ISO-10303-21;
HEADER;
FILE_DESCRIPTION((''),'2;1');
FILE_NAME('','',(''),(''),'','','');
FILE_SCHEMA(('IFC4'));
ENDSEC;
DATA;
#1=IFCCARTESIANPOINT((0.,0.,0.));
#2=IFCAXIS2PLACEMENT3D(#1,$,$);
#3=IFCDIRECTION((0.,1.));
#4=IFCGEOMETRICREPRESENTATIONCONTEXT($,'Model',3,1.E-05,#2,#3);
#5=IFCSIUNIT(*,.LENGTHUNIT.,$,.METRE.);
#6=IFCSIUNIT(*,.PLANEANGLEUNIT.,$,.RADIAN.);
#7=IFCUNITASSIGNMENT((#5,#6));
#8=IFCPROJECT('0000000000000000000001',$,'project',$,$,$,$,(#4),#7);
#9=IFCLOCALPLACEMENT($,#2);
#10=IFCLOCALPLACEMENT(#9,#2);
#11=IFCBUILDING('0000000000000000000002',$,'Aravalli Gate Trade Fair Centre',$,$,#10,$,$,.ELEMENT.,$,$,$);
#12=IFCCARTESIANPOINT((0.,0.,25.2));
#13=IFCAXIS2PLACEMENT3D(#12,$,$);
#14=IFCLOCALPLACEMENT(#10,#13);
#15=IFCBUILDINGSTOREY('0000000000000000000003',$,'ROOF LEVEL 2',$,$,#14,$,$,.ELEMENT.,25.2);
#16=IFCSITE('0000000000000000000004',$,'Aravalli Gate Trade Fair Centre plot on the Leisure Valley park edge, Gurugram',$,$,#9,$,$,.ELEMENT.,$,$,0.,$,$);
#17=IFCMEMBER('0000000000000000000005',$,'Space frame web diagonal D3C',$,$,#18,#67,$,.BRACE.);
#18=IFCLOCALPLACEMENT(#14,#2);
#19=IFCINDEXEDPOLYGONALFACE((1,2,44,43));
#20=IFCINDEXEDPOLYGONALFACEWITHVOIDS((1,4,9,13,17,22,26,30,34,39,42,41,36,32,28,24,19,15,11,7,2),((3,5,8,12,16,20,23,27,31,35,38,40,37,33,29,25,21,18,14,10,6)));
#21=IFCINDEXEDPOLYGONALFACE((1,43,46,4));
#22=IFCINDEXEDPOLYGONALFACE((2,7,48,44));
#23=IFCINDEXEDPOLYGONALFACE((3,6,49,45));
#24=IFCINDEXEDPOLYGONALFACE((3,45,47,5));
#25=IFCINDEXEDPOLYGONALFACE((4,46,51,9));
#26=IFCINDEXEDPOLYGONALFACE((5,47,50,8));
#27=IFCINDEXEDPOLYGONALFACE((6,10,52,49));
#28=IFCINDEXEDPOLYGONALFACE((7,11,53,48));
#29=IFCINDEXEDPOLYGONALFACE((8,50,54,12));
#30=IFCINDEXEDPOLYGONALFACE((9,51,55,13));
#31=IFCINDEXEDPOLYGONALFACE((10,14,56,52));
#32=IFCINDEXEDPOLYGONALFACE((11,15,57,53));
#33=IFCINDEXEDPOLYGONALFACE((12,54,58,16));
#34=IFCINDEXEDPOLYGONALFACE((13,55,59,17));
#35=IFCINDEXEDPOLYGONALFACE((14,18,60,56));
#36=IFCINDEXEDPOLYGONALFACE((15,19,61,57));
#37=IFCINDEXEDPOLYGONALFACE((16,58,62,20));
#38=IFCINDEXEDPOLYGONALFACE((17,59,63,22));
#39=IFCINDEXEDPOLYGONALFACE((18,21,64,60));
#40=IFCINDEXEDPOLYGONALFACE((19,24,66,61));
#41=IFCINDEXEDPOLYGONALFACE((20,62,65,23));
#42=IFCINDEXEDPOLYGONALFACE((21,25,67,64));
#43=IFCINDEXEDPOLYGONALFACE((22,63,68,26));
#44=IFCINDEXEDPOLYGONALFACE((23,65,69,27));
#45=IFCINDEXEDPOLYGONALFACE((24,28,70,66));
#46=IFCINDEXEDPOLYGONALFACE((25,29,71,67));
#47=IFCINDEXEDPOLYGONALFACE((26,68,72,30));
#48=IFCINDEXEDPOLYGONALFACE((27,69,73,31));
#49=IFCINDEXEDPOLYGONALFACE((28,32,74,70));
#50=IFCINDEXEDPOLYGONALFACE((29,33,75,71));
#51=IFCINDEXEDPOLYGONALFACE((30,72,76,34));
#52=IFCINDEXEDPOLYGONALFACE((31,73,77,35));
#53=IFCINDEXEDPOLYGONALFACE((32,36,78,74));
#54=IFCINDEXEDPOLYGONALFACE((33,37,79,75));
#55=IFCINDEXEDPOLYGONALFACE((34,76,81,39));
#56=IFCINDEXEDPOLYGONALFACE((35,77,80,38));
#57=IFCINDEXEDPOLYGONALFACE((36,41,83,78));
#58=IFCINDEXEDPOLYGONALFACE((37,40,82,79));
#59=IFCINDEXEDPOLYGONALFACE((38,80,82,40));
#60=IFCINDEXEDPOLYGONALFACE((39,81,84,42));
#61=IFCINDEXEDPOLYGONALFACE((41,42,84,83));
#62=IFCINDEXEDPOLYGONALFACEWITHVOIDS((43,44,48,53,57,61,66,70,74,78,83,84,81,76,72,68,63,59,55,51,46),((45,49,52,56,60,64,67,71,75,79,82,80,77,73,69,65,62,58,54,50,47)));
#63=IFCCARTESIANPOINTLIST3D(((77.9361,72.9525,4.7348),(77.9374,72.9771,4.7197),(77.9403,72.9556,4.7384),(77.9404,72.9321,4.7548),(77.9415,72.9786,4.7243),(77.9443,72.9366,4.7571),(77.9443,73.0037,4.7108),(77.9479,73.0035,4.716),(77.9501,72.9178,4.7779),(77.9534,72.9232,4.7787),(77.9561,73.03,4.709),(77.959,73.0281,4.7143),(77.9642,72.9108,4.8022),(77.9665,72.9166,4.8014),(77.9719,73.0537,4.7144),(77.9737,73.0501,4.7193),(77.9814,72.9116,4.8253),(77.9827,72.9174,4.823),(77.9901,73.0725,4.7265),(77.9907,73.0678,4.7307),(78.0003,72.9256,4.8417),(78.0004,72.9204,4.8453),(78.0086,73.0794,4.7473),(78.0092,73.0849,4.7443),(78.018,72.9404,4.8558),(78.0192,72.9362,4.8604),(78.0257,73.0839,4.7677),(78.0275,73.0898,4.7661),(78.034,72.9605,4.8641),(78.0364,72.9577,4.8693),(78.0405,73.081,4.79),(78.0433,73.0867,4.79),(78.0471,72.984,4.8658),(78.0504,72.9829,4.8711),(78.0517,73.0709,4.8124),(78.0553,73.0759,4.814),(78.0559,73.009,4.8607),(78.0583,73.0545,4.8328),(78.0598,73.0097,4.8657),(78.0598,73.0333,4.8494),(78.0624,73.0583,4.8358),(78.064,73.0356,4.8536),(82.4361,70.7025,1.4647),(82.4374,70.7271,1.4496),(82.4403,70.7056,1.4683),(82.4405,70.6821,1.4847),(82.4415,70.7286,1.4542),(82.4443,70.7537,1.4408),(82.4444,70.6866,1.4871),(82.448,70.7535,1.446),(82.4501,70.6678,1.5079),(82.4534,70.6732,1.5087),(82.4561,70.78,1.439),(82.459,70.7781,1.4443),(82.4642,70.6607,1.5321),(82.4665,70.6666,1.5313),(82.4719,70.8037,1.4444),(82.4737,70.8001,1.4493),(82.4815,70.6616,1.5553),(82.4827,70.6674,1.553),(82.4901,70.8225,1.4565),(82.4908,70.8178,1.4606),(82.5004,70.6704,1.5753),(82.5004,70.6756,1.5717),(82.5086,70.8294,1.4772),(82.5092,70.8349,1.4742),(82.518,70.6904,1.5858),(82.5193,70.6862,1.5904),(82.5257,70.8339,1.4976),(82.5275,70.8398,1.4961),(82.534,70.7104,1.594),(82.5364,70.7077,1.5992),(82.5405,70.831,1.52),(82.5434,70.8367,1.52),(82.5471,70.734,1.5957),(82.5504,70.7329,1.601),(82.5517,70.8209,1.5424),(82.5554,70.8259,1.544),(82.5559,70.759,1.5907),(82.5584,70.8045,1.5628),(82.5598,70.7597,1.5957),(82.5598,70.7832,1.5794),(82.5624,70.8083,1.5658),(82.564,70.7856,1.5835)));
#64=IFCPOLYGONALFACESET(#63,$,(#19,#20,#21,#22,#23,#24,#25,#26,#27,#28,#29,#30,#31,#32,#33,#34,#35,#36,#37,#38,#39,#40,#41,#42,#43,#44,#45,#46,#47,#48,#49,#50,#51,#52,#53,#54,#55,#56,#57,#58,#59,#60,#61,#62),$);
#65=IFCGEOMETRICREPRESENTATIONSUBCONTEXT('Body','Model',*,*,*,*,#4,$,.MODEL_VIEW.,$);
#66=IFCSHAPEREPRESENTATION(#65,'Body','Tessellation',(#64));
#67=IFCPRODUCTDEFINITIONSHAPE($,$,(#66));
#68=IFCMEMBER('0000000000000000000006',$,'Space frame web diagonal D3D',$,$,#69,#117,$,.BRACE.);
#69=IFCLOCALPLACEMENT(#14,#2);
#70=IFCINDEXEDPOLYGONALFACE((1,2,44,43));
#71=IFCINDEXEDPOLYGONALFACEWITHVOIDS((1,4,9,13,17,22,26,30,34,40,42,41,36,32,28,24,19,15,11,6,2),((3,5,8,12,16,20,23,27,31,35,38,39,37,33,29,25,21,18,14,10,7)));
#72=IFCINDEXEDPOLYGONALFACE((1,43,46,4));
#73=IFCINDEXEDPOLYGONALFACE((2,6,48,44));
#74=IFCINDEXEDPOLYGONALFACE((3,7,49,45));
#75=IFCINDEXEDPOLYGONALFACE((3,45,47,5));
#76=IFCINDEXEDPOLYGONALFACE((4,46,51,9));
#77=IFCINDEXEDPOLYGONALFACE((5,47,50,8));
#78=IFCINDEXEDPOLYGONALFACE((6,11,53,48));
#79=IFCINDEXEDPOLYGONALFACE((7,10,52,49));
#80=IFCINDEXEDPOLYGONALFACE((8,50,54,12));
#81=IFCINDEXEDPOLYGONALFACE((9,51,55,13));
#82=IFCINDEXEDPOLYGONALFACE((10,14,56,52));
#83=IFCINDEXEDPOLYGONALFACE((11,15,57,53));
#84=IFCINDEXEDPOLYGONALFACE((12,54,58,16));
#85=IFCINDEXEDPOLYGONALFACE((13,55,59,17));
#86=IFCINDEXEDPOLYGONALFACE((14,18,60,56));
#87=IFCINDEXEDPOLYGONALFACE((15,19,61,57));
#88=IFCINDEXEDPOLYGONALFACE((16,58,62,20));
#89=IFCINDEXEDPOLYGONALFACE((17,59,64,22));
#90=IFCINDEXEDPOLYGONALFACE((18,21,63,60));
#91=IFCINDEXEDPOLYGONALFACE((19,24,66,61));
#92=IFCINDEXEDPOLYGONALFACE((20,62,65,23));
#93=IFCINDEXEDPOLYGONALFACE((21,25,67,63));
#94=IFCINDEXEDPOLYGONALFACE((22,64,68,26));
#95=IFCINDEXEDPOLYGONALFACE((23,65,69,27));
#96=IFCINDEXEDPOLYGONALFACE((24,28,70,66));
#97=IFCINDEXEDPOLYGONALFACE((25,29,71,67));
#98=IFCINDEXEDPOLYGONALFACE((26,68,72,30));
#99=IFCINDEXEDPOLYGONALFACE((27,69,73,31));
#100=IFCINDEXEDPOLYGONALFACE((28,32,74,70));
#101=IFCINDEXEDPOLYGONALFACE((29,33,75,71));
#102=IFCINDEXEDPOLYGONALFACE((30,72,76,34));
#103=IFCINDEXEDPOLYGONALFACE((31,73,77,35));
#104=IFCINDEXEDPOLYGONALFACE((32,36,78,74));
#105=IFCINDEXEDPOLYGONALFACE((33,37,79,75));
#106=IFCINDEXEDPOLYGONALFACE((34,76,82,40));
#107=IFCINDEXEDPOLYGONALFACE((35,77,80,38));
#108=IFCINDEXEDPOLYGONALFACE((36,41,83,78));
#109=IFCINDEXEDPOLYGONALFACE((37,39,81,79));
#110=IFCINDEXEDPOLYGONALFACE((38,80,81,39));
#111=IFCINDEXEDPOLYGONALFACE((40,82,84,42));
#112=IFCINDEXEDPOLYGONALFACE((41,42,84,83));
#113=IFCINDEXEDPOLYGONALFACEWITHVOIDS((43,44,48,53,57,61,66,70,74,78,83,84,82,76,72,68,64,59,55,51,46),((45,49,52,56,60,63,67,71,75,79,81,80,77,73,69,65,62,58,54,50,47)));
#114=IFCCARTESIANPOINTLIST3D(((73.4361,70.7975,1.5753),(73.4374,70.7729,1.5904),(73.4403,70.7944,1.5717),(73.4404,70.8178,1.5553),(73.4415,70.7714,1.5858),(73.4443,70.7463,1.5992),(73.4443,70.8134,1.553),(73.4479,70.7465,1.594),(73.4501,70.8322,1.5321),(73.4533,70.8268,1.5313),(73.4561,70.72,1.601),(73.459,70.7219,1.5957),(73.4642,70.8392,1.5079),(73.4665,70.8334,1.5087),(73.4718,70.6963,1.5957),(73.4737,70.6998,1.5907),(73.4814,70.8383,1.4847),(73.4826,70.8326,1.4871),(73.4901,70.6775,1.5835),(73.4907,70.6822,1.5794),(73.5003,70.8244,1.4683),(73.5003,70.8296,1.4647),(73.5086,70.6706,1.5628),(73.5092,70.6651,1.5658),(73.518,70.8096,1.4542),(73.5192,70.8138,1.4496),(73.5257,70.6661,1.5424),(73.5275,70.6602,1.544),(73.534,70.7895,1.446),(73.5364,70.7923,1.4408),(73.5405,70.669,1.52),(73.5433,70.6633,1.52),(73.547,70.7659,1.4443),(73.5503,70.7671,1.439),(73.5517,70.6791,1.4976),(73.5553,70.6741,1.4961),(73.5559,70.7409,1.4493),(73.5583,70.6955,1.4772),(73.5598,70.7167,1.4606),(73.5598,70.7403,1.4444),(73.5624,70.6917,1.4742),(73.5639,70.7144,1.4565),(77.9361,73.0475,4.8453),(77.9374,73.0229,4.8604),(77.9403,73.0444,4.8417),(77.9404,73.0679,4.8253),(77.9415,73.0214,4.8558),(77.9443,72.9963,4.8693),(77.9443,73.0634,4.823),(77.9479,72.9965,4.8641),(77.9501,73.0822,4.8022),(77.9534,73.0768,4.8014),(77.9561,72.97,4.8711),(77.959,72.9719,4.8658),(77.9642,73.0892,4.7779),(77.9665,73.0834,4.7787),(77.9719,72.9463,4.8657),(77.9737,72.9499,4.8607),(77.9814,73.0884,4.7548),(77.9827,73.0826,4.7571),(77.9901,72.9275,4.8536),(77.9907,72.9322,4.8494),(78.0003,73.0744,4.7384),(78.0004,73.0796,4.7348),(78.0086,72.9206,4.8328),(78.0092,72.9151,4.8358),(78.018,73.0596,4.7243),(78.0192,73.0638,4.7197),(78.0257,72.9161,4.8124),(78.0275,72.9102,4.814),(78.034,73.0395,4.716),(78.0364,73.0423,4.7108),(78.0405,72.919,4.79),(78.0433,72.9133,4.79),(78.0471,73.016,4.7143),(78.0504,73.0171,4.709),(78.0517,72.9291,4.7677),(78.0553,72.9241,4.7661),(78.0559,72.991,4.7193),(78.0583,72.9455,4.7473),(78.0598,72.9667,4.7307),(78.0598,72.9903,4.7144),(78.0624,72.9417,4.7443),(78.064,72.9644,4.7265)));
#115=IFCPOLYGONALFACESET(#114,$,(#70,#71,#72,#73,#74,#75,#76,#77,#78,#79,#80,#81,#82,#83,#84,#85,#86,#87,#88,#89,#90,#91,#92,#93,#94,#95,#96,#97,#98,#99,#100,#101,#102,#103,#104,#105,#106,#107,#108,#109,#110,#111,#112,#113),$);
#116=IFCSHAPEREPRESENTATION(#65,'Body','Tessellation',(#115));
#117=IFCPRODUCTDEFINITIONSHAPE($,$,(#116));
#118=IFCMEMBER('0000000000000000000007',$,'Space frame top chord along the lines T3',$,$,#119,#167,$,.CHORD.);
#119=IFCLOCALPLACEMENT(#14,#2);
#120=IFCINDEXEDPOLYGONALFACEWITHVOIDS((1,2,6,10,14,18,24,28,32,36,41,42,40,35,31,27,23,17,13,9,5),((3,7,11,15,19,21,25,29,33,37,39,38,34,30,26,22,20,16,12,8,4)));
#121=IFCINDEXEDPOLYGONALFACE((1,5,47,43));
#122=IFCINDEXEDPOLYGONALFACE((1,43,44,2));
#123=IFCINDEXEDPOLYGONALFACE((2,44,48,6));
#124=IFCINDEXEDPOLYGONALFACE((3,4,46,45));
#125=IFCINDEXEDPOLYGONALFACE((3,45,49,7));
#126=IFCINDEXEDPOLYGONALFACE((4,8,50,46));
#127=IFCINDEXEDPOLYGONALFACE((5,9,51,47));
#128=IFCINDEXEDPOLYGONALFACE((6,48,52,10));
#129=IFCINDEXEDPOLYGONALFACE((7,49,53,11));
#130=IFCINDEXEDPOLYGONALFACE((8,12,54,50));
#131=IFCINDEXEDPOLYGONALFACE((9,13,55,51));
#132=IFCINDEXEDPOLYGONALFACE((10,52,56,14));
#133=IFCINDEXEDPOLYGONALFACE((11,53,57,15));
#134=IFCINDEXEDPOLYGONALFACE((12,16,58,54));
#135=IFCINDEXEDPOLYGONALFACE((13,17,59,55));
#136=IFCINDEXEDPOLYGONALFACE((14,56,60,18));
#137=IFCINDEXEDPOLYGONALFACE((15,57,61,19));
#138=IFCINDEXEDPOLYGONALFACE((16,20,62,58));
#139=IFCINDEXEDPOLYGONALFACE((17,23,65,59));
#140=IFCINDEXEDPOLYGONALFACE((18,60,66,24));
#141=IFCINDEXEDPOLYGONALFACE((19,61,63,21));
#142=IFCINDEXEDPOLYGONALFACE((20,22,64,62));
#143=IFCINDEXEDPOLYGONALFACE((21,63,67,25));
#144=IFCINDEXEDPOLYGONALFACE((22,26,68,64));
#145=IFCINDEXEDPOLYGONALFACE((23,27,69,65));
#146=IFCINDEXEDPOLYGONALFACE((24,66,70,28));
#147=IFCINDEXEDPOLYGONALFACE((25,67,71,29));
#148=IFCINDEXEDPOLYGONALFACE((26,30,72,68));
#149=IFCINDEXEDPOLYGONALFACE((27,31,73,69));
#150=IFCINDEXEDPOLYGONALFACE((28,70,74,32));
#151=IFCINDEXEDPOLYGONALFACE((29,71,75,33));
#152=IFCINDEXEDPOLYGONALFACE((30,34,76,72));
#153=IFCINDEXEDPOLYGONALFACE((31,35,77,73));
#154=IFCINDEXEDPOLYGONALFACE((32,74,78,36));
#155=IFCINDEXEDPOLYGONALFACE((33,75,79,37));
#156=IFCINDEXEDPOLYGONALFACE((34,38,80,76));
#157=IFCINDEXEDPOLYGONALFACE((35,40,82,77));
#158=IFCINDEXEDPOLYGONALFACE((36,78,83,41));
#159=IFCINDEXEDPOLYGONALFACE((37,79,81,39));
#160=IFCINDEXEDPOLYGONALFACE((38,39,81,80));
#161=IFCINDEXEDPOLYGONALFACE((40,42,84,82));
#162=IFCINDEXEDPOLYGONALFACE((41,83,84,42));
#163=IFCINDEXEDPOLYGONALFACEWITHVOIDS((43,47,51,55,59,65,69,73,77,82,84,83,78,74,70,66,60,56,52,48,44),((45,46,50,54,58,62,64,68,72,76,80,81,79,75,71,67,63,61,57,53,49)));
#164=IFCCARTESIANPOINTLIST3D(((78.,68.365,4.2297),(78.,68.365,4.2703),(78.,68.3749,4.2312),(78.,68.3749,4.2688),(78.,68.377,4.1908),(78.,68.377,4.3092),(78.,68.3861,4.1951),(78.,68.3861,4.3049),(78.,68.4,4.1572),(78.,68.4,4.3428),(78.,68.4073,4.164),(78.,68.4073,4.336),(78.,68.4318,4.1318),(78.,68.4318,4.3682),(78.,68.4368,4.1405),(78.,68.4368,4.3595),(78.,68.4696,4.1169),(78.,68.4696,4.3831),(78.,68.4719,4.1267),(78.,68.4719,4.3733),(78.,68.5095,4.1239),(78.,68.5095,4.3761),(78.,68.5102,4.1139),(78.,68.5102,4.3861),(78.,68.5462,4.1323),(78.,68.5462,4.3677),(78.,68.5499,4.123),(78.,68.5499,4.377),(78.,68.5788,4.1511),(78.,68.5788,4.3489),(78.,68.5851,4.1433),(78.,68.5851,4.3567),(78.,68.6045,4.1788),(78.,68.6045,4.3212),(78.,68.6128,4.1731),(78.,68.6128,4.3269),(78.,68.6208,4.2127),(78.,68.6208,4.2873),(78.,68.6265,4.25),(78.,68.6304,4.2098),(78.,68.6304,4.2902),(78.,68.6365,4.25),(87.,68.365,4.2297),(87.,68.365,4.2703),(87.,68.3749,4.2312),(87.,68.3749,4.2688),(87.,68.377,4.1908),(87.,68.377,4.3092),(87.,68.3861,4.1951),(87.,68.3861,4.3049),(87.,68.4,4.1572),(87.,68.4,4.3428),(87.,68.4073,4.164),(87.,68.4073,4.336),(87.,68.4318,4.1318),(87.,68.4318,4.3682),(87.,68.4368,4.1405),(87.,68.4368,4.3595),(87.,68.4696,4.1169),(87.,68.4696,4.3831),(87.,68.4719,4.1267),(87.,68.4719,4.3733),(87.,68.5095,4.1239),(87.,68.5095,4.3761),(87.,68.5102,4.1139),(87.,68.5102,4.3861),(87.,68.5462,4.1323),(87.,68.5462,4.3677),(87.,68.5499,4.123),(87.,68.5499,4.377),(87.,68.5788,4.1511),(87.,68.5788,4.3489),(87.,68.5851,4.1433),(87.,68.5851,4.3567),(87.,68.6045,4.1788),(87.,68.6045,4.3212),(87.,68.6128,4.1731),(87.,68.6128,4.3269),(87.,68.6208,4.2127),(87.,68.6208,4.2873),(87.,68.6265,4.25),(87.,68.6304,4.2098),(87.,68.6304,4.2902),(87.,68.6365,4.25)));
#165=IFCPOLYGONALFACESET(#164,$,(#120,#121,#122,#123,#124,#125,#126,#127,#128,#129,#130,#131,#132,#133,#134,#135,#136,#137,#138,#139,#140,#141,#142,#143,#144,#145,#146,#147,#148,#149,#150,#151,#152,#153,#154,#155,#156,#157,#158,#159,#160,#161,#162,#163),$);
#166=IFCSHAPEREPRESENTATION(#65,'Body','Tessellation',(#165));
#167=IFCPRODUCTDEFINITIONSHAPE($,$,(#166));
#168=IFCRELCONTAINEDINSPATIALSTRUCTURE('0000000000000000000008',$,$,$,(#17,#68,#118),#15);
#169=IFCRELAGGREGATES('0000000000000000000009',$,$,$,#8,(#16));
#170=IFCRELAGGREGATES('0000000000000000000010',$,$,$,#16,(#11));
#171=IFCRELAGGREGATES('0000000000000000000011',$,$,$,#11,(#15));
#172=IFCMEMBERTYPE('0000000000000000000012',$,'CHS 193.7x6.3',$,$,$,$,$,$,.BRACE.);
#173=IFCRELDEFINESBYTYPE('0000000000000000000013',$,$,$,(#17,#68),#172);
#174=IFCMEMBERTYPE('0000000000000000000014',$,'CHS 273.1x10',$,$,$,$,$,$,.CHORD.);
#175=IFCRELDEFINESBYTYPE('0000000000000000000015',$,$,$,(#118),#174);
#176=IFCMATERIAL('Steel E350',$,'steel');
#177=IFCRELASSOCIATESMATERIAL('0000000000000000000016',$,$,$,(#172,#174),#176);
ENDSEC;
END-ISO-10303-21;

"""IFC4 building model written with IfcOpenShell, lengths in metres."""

from ifc_helpers import new_model, si_unit, direction, frame, origin, origin_2d, place, context, subcontext, project, spatial, hollow_circle, extrude, material, material_profile, profile_set, type_object, element, save


model = new_model("IFC4")

# Units and contexts
model_context = context("Model", 3, precision=1e-05, world=origin(), true_north=direction((0.0, 1.0)))
body_context = subcontext(model_context, "Body", "Model", "MODEL_VIEW")
ifc_project = project(units=[si_unit("LENGTHUNIT", "METRE"), si_unit("PLANEANGLEUNIT", "RADIAN")], contexts=[model_context])

# Site, building, storey
site_placement = place(None, origin())
site = spatial("IfcSite", under=ifc_project, at=site_placement, Name="Aravalli Gate Trade Fair Centre plot on the Leisure Valley park edge, Gurugram", CompositionType="ELEMENT", RefElevation=0.0)
building_placement = place(site_placement, origin())
building = spatial("IfcBuilding", under=site, at=building_placement, Name="Aravalli Gate Trade Fair Centre", CompositionType="ELEMENT")
storey_placement = place(building_placement, frame((0.0, 0.0, 25.2)))
storey = spatial("IfcBuildingStorey", under=building, at=storey_placement, Name="ROOF LEVEL 2", CompositionType="ELEMENT", Elevation=25.2)

# Members
ifc_material_1 = material(Name="Steel E350", Category="steel")
ifc_material_profile_1 = material_profile(ifc_material_1, hollow_circle(Radius=0.0969, WallThickness=0.0063, at=origin_2d()), Name="CHS 193.7x6.3")
ifc_profile_set_1 = profile_set([ifc_material_profile_1], Name="Steel E350")
member_type_1 = type_object("IfcMemberType", Name="CHS 193.7x6.3", PredefinedType="BRACE", material=ifc_profile_set_1)
for number, where, z_axis, x_axis, name in (
    (1, (78.0, 73.0, 4.79), (0.749942, -0.374971, -0.544961), (0.447214, 0.894427, 0.0), "Space frame web diagonal D3C"),
    (2, (78.0, 73.0, 4.79), (-0.749942, -0.374971, -0.544961), (0.447214, -0.894427, 0.0), "Space frame web diagonal D3D"),
):
    element("IfcMember", number, at=place(storey_placement, frame(where, z_axis=z_axis, x_axis=x_axis)), inside=storey, type_object=member_type_1, Name=name, PredefinedType="BRACE", context=body_context, shape_type="SweptSolid", body=[
        extrude(hollow_circle(Radius=0.0969, WallThickness=0.0063, at=origin_2d()), origin(), (0.0, 0.0, 1.0), 6.0005),
    ])
ifc_material_profile_2 = material_profile(ifc_material_1, hollow_circle(Radius=0.1365, WallThickness=0.01, at=origin_2d()), Name="CHS 273.1x10")
ifc_profile_set_2 = profile_set([ifc_material_profile_2], Name="Steel E350")
member_type_2 = type_object("IfcMemberType", Name="CHS 273.1x10", PredefinedType="CHORD", material=ifc_profile_set_2)
for number, where, z_axis, x_axis, name in (
    (3, (78.0, 68.5, 4.25), (1.0, 0.0, 0.0), (0.0, 1.0, 0.0), "Space frame top chord along the lines T3"),
):
    element("IfcMember", number, at=place(storey_placement, frame(where, z_axis=z_axis, x_axis=x_axis)), inside=storey, type_object=member_type_2, Name=name, PredefinedType="CHORD", context=body_context, shape_type="SweptSolid", body=[
        extrude(hollow_circle(Radius=0.1365, WallThickness=0.01, at=origin_2d()), origin(), (0.0, 0.0, 1.0), 9.0),
    ])

save(model, "model.ifc")
